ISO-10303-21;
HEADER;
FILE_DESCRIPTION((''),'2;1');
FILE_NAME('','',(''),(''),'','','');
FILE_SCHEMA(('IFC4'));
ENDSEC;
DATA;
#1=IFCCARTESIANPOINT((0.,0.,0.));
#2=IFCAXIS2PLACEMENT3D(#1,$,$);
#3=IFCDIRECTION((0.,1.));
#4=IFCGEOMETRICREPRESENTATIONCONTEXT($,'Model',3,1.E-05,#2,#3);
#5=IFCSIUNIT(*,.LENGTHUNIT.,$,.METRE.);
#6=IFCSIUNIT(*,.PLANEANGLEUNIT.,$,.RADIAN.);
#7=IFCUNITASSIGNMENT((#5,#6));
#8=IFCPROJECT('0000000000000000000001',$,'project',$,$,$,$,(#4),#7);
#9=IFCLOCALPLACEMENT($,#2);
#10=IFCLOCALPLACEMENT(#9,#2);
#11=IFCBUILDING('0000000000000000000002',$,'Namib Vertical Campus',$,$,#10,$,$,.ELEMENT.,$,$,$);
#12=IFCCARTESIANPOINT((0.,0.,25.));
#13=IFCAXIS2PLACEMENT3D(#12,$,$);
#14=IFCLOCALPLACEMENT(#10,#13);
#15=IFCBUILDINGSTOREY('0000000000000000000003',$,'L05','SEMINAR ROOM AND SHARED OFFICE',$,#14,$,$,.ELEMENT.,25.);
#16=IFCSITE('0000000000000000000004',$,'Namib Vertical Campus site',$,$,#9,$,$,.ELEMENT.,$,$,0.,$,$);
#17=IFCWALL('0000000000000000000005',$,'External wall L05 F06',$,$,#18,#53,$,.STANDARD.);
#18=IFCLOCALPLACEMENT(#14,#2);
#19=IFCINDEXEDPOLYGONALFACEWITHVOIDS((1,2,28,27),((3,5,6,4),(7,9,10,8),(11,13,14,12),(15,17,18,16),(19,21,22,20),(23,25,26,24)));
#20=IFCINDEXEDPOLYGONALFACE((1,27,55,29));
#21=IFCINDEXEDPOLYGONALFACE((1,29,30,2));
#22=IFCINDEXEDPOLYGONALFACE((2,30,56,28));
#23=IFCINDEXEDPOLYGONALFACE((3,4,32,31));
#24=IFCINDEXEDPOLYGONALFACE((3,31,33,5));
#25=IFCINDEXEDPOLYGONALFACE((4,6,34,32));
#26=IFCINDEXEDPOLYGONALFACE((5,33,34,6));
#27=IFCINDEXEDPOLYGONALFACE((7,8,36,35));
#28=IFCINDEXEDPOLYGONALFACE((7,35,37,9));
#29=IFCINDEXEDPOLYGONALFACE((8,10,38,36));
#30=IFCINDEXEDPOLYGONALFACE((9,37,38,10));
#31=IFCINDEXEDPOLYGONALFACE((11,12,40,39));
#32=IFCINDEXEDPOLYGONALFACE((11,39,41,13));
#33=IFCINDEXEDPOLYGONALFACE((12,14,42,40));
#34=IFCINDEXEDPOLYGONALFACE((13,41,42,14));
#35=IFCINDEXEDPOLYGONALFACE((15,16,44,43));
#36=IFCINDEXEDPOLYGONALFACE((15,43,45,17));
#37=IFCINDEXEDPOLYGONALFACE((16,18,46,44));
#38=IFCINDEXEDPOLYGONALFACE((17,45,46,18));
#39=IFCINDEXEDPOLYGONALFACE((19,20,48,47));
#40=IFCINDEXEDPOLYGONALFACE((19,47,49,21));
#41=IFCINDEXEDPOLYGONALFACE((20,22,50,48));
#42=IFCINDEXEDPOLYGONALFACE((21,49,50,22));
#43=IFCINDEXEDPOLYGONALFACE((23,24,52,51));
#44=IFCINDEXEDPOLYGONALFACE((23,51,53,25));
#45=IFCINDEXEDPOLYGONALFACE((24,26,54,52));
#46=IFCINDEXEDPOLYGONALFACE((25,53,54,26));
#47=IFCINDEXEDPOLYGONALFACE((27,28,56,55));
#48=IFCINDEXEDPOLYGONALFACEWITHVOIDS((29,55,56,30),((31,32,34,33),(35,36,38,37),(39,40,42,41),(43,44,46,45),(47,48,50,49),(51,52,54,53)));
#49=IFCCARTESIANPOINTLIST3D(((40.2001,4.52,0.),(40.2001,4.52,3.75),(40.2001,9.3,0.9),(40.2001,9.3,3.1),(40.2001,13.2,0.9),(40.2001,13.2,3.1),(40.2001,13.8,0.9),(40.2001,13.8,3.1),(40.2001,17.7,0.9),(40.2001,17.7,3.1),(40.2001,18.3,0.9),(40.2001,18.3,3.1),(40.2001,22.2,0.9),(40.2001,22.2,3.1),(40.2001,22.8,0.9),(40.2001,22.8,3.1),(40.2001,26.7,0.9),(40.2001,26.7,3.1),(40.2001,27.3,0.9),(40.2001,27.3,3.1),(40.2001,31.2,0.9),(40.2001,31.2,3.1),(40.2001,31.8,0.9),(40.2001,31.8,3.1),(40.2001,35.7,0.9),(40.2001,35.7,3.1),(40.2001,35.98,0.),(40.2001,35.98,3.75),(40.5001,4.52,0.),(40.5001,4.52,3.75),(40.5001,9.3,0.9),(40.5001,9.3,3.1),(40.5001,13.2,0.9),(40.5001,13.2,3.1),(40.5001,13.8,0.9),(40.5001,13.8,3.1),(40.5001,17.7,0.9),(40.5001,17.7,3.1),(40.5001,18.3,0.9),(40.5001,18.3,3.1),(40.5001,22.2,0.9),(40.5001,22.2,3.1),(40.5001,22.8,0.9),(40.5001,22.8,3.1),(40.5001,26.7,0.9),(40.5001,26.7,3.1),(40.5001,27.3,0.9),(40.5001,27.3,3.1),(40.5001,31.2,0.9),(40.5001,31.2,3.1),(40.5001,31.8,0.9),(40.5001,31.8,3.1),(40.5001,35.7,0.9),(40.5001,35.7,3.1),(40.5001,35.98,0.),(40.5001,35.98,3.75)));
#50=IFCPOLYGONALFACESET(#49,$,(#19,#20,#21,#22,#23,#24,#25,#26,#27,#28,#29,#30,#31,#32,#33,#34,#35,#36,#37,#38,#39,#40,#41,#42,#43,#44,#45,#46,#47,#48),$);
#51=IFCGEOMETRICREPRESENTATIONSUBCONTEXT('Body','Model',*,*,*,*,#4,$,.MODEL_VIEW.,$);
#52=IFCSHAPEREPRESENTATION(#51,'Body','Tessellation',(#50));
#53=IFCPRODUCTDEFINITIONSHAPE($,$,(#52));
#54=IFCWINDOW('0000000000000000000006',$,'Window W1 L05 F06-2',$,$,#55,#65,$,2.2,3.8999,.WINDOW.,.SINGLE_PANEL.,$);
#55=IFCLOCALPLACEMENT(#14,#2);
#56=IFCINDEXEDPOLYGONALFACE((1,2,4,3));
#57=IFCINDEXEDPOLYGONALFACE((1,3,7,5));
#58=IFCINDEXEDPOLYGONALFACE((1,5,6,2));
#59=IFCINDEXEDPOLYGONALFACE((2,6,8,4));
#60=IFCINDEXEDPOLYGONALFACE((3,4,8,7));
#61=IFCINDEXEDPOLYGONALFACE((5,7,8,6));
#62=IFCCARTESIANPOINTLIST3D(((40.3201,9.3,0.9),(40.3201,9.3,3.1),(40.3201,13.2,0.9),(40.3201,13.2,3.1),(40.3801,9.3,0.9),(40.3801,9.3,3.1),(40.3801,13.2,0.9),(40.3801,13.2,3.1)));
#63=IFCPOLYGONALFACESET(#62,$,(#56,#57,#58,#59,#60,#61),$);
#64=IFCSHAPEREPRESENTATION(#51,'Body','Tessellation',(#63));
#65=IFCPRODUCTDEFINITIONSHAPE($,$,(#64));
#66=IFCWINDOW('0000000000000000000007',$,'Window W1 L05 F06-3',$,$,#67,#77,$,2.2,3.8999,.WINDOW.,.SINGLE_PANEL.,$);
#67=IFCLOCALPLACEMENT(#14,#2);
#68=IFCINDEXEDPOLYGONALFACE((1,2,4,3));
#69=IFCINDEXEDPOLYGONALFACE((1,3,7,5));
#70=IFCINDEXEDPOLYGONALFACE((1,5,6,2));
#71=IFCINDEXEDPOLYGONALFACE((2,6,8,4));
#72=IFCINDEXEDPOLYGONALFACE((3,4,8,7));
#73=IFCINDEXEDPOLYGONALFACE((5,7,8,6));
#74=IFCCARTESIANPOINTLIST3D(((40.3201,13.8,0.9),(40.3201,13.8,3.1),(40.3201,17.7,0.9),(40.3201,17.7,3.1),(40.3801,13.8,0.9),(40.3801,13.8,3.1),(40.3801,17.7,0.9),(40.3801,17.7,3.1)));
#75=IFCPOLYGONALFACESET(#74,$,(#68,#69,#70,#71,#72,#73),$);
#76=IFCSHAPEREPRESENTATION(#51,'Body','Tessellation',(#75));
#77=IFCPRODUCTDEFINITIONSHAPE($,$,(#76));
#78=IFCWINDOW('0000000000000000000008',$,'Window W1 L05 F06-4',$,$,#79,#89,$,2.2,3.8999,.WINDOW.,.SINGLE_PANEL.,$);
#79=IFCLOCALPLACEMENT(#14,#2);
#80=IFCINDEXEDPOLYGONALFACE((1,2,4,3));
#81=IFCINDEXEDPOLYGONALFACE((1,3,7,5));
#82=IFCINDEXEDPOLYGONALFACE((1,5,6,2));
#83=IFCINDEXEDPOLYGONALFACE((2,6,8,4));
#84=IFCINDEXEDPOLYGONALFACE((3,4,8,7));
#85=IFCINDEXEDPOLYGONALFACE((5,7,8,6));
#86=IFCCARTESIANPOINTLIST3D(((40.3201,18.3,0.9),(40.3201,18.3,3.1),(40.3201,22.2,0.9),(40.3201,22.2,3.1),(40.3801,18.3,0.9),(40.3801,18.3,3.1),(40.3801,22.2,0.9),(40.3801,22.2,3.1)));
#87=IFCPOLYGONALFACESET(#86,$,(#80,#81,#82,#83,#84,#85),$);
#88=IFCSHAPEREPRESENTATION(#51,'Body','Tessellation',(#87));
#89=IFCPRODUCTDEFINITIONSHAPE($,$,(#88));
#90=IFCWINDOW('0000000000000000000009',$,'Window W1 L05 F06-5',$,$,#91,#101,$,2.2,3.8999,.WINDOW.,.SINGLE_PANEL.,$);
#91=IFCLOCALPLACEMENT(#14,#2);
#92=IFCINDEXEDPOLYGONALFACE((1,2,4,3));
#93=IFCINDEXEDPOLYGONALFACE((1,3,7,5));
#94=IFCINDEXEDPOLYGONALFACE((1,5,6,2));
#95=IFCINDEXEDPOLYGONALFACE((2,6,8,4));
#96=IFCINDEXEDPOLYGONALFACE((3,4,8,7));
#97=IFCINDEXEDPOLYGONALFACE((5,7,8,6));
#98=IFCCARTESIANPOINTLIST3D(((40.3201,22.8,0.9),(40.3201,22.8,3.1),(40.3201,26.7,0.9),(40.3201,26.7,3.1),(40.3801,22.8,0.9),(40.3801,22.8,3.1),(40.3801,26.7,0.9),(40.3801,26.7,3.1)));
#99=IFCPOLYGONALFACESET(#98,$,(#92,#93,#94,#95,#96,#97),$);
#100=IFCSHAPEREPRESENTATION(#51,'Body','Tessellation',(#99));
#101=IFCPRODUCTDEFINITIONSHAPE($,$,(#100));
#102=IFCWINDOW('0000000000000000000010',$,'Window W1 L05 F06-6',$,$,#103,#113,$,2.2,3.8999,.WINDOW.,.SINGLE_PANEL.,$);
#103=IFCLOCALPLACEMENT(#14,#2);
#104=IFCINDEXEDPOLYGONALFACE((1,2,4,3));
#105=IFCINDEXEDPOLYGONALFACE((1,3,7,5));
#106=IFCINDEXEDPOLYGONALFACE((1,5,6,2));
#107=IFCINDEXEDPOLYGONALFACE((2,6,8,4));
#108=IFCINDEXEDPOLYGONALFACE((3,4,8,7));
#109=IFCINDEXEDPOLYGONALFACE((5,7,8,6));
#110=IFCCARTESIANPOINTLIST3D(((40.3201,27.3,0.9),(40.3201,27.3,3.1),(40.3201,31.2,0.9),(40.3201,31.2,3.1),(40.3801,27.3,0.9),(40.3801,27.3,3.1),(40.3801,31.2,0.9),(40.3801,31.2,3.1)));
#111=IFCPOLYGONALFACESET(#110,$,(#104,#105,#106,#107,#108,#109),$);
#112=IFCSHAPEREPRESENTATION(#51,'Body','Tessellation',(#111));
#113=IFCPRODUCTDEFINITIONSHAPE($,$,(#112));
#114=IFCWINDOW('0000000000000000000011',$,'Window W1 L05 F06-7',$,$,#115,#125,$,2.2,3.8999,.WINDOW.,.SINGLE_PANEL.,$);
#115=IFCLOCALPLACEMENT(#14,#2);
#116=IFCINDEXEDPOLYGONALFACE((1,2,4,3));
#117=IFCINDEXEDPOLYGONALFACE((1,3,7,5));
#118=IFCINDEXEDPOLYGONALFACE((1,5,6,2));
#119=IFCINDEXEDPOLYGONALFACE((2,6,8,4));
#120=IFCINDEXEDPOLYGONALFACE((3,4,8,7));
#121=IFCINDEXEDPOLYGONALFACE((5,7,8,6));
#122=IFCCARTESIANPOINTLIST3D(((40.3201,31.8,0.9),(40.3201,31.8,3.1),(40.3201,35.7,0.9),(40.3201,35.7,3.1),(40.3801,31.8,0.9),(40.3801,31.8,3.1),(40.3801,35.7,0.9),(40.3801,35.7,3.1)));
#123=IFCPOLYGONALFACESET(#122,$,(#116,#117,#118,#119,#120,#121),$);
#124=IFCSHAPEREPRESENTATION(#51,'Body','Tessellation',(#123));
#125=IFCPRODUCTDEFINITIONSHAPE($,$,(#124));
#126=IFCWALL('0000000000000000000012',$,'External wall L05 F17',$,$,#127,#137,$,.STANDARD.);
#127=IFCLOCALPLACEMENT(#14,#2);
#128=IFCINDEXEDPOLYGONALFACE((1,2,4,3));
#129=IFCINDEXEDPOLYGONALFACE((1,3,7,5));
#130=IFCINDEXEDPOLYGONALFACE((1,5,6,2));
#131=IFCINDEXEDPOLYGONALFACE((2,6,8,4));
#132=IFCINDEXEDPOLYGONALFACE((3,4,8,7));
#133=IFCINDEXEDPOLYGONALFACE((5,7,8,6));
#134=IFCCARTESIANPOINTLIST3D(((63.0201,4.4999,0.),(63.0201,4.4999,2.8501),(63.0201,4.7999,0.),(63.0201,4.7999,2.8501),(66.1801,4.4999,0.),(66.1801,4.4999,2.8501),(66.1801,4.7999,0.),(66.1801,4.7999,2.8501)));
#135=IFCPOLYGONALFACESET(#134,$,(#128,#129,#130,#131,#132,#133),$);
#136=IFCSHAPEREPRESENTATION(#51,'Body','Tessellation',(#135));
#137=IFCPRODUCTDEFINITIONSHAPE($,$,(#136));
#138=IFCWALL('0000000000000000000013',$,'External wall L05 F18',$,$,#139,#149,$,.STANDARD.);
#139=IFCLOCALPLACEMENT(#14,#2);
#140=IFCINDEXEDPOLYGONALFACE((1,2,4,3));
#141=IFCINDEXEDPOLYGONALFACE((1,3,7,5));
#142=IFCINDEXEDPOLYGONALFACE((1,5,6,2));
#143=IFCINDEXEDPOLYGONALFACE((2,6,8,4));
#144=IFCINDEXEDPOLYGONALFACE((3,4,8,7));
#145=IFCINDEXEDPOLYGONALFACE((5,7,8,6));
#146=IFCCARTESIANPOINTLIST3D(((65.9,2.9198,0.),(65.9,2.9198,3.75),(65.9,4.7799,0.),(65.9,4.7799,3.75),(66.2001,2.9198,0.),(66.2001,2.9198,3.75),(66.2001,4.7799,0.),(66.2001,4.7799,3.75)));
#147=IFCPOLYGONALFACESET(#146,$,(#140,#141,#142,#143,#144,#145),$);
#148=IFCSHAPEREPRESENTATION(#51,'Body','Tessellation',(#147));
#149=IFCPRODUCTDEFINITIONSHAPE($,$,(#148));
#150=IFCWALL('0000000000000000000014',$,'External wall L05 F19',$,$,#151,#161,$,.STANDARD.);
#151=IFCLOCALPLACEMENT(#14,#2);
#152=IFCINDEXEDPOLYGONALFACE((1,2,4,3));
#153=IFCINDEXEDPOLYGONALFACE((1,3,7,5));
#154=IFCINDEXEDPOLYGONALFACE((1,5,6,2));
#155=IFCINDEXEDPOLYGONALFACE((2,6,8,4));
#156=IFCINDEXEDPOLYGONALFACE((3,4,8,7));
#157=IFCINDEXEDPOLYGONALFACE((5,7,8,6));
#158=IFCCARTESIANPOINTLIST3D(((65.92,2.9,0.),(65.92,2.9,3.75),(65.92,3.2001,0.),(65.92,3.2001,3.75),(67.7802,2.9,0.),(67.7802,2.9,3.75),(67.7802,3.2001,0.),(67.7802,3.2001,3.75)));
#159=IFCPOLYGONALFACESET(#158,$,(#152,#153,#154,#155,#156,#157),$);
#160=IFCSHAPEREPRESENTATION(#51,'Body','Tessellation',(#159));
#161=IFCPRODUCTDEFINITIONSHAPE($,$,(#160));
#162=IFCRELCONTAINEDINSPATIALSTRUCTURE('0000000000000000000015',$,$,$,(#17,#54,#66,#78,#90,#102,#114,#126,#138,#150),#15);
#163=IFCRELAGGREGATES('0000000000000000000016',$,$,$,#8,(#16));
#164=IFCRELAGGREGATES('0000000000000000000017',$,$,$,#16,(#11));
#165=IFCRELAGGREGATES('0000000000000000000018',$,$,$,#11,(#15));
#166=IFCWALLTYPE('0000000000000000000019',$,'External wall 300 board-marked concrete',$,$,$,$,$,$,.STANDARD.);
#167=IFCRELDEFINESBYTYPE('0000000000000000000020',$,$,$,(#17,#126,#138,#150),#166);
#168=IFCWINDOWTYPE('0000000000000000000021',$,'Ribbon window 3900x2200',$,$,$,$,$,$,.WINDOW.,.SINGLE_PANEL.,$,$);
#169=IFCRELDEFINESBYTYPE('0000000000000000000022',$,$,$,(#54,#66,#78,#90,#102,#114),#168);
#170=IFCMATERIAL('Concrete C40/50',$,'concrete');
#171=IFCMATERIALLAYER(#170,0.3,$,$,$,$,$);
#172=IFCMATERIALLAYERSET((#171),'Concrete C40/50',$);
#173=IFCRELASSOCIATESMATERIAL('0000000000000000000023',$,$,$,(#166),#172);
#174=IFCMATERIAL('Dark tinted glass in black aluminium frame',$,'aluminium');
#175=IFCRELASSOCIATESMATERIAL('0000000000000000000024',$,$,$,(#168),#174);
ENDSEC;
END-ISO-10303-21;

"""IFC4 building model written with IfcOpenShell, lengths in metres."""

from ifc_helpers import new_model, si_unit, direction, frame, frame_2d, origin, place, context, subcontext, project, spatial, rectangle, extrude, material, layer, layer_set, type_object, element, fill, save


model = new_model("IFC4")

# Units and contexts
model_context = context("Model", 3, precision=1e-05, world=origin(), true_north=direction((0.0, 1.0)))
body_context = subcontext(model_context, "Body", "Model", "MODEL_VIEW")
ifc_project = project(units=[si_unit("LENGTHUNIT", "METRE"), si_unit("PLANEANGLEUNIT", "RADIAN")], contexts=[model_context])

# Site, building, storey
site_placement = place(None, origin())
site = spatial("IfcSite", under=ifc_project, at=site_placement, Name="Namib Vertical Campus site", CompositionType="ELEMENT", RefElevation=0.0)
building_placement = place(site_placement, origin())
building = spatial("IfcBuilding", under=site, at=building_placement, Name="Namib Vertical Campus", CompositionType="ELEMENT")
storey_placement = place(building_placement, frame((0.0, 0.0, 25.0)))
storey = spatial("IfcBuildingStorey", under=building, at=storey_placement, Name="L05", Description="SEMINAR ROOM AND SHARED OFFICE", CompositionType="ELEMENT", Elevation=25.0)

# Shared definitions
ifc_material_1 = material(Name="Concrete C40/50", Category="concrete")
ifc_layer_1 = layer(ifc_material_1, 0.3)
ifc_layer_set_1 = layer_set([ifc_layer_1], Name="Concrete C40/50")
wall_type_1 = type_object("IfcWallType", Name="External wall 300 board-marked concrete", PredefinedType="STANDARD", material=ifc_layer_set_1)

# Wall, openings, windows
wall_1_placement = place(storey_placement, frame((40.3501, 4.52, 0.0), z_axis=(0.0, 0.0, 1.0), x_axis=(0.0, 1.0, 0.0)))
wall_1 = element("IfcWall", 1, at=wall_1_placement, inside=storey, type_object=wall_type_1, Name="External wall L05 F06", PredefinedType="STANDARD", context=body_context, shape_type="SweptSolid", body=[
    extrude(rectangle(XDim=31.46, YDim=0.3, at=frame_2d((15.73, 0.0))), origin(), (0.0, 0.0, 1.0), 3.75),
])
opening_1_placement = place(wall_1_placement, frame((4.78, 0.0, 0.8999)))
opening_1 = element("IfcOpeningElement", 2, at=opening_1_placement, cuts=wall_1, PredefinedType="OPENING", context=body_context, shape_type="SweptSolid", body=[
    extrude(rectangle(XDim=3.8999, YDim=2.2, at=frame_2d((1.95, 1.1001))), frame((0.0, 0.1599, 0.0), z_axis=(0.0, -1.0, 0.0), x_axis=(1.0, 0.0, 0.0)), (0.0, 0.0, 1.0), 0.3201),
])
opening_2_placement = place(wall_1_placement, frame((9.28, 0.0, 0.8999)))
opening_2 = element("IfcOpeningElement", 3, at=opening_2_placement, cuts=wall_1, PredefinedType="OPENING", context=body_context, shape_type="SweptSolid", body=[
    extrude(rectangle(XDim=3.8999, YDim=2.2, at=frame_2d((1.95, 1.1001))), frame((0.0, 0.1599, 0.0), z_axis=(0.0, -1.0, 0.0), x_axis=(1.0, 0.0, 0.0)), (0.0, 0.0, 1.0), 0.3201),
])
opening_3_placement = place(wall_1_placement, frame((13.78, 0.0, 0.8999)))
opening_3 = element("IfcOpeningElement", 4, at=opening_3_placement, cuts=wall_1, PredefinedType="OPENING", context=body_context, shape_type="SweptSolid", body=[
    extrude(rectangle(XDim=3.8999, YDim=2.2, at=frame_2d((1.95, 1.1001))), frame((0.0, 0.1599, 0.0), z_axis=(0.0, -1.0, 0.0), x_axis=(1.0, 0.0, 0.0)), (0.0, 0.0, 1.0), 0.3201),
])
opening_4_placement = place(wall_1_placement, frame((18.28, 0.0, 0.8999)))
opening_4 = element("IfcOpeningElement", 5, at=opening_4_placement, cuts=wall_1, PredefinedType="OPENING", context=body_context, shape_type="SweptSolid", body=[
    extrude(rectangle(XDim=3.8999, YDim=2.2, at=frame_2d((1.95, 1.1001))), frame((0.0, 0.1599, 0.0), z_axis=(0.0, -1.0, 0.0), x_axis=(1.0, 0.0, 0.0)), (0.0, 0.0, 1.0), 0.3201),
])
opening_5_placement = place(wall_1_placement, frame((22.78, 0.0, 0.8999)))
opening_5 = element("IfcOpeningElement", 6, at=opening_5_placement, cuts=wall_1, PredefinedType="OPENING", context=body_context, shape_type="SweptSolid", body=[
    extrude(rectangle(XDim=3.8999, YDim=2.2, at=frame_2d((1.95, 1.1001))), frame((0.0, 0.1599, 0.0), z_axis=(0.0, -1.0, 0.0), x_axis=(1.0, 0.0, 0.0)), (0.0, 0.0, 1.0), 0.3201),
])
opening_6_placement = place(wall_1_placement, frame((27.28, 0.0, 0.8999)))
opening_6 = element("IfcOpeningElement", 7, at=opening_6_placement, cuts=wall_1, PredefinedType="OPENING", context=body_context, shape_type="SweptSolid", body=[
    extrude(rectangle(XDim=3.8999, YDim=2.2, at=frame_2d((1.95, 1.1001))), frame((0.0, 0.1599, 0.0), z_axis=(0.0, -1.0, 0.0), x_axis=(1.0, 0.0, 0.0)), (0.0, 0.0, 1.0), 0.3201),
])
ifc_material_2 = material(Name="Dark tinted glass in black aluminium frame", Category="aluminium")
window_type = type_object("IfcWindowType", Name="Ribbon window 3900x2200", PartitioningType="SINGLE_PANEL", PredefinedType="WINDOW", material=ifc_material_2)
window_1_placement = place(opening_1_placement, origin())
window_1 = element("IfcWindow", 8, at=window_1_placement, inside=storey, type_object=window_type, Name="Window W1 L05 F06-2", OverallHeight=2.2, OverallWidth=3.8999, PartitioningType="SINGLE_PANEL", PredefinedType="WINDOW", context=body_context, shape_type="SweptSolid", body=[
    extrude(rectangle(XDim=3.8999, YDim=2.2, at=frame_2d((1.95, 1.1001))), frame((0.0, 0.03, 0.0), z_axis=(0.0, -1.0, 0.0), x_axis=(1.0, 0.0, 0.0)), (0.0, 0.0, 1.0), 0.0601),
])
fill(opening_1, window_1)
window_2_placement = place(opening_2_placement, origin())
window_2 = element("IfcWindow", 9, at=window_2_placement, inside=storey, type_object=window_type, Name="Window W1 L05 F06-3", OverallHeight=2.2, OverallWidth=3.8999, PartitioningType="SINGLE_PANEL", PredefinedType="WINDOW", context=body_context, shape_type="SweptSolid", body=[
    extrude(rectangle(XDim=3.8999, YDim=2.2, at=frame_2d((1.95, 1.1001))), frame((0.0, 0.03, 0.0), z_axis=(0.0, -1.0, 0.0), x_axis=(1.0, 0.0, 0.0)), (0.0, 0.0, 1.0), 0.0601),
])
fill(opening_2, window_2)
window_3_placement = place(opening_3_placement, origin())
window_3 = element("IfcWindow", 10, at=window_3_placement, inside=storey, type_object=window_type, Name="Window W1 L05 F06-4", OverallHeight=2.2, OverallWidth=3.8999, PartitioningType="SINGLE_PANEL", PredefinedType="WINDOW", context=body_context, shape_type="SweptSolid", body=[
    extrude(rectangle(XDim=3.8999, YDim=2.2, at=frame_2d((1.95, 1.1001))), frame((0.0, 0.03, 0.0), z_axis=(0.0, -1.0, 0.0), x_axis=(1.0, 0.0, 0.0)), (0.0, 0.0, 1.0), 0.0601),
])
fill(opening_3, window_3)
window_4_placement = place(opening_4_placement, origin())
window_4 = element("IfcWindow", 11, at=window_4_placement, inside=storey, type_object=window_type, Name="Window W1 L05 F06-5", OverallHeight=2.2, OverallWidth=3.8999, PartitioningType="SINGLE_PANEL", PredefinedType="WINDOW", context=body_context, shape_type="SweptSolid", body=[
    extrude(rectangle(XDim=3.8999, YDim=2.2, at=frame_2d((1.95, 1.1001))), frame((0.0, 0.03, 0.0), z_axis=(0.0, -1.0, 0.0), x_axis=(1.0, 0.0, 0.0)), (0.0, 0.0, 1.0), 0.0601),
])
fill(opening_4, window_4)
window_5_placement = place(opening_5_placement, origin())
window_5 = element("IfcWindow", 12, at=window_5_placement, inside=storey, type_object=window_type, Name="Window W1 L05 F06-6", OverallHeight=2.2, OverallWidth=3.8999, PartitioningType="SINGLE_PANEL", PredefinedType="WINDOW", context=body_context, shape_type="SweptSolid", body=[
    extrude(rectangle(XDim=3.8999, YDim=2.2, at=frame_2d((1.95, 1.1001))), frame((0.0, 0.03, 0.0), z_axis=(0.0, -1.0, 0.0), x_axis=(1.0, 0.0, 0.0)), (0.0, 0.0, 1.0), 0.0601),
])
fill(opening_5, window_5)
window_6_placement = place(opening_6_placement, origin())
window_6 = element("IfcWindow", 13, at=window_6_placement, inside=storey, type_object=window_type, Name="Window W1 L05 F06-7", OverallHeight=2.2, OverallWidth=3.8999, PartitioningType="SINGLE_PANEL", PredefinedType="WINDOW", context=body_context, shape_type="SweptSolid", body=[
    extrude(rectangle(XDim=3.8999, YDim=2.2, at=frame_2d((1.95, 1.1001))), frame((0.0, 0.03, 0.0), z_axis=(0.0, -1.0, 0.0), x_axis=(1.0, 0.0, 0.0)), (0.0, 0.0, 1.0), 0.0601),
])
fill(opening_6, window_6)

# Walls
wall_2_placement = place(storey_placement, frame((63.02, 4.6499, 0.0), z_axis=(0.0, 0.0, 1.0), x_axis=(1.0, 0.0, 0.0)))
element("IfcWall", 14, at=wall_2_placement, inside=storey, type_object=wall_type_1, Name="External wall L05 F17", PredefinedType="STANDARD", context=body_context, shape_type="SweptSolid", body=[
    extrude(rectangle(XDim=3.1599, YDim=0.3, at=frame_2d((1.5801, 0.0))), origin(), (0.0, 0.0, 1.0), 2.8501),
])
for number, where, z_axis, x_axis, name in (
    (15, (66.05, 4.78, 0.0), (0.0, 0.0, 1.0), (0.0, -1.0, 0.0), "External wall L05 F18"),
    (16, (65.9199, 3.05, 0.0), (0.0, 0.0, 1.0), (1.0, 0.0, 0.0), "External wall L05 F19"),
):
    element("IfcWall", number, at=place(storey_placement, frame(where, z_axis=z_axis, x_axis=x_axis)), inside=storey, type_object=wall_type_1, Name=name, PredefinedType="STANDARD", context=body_context, shape_type="SweptSolid", body=[
        extrude(rectangle(XDim=1.8601, YDim=0.3, at=frame_2d((0.9302, 0.0))), origin(), (0.0, 0.0, 1.0), 3.75),
    ])

save(model, "model.ifc")
